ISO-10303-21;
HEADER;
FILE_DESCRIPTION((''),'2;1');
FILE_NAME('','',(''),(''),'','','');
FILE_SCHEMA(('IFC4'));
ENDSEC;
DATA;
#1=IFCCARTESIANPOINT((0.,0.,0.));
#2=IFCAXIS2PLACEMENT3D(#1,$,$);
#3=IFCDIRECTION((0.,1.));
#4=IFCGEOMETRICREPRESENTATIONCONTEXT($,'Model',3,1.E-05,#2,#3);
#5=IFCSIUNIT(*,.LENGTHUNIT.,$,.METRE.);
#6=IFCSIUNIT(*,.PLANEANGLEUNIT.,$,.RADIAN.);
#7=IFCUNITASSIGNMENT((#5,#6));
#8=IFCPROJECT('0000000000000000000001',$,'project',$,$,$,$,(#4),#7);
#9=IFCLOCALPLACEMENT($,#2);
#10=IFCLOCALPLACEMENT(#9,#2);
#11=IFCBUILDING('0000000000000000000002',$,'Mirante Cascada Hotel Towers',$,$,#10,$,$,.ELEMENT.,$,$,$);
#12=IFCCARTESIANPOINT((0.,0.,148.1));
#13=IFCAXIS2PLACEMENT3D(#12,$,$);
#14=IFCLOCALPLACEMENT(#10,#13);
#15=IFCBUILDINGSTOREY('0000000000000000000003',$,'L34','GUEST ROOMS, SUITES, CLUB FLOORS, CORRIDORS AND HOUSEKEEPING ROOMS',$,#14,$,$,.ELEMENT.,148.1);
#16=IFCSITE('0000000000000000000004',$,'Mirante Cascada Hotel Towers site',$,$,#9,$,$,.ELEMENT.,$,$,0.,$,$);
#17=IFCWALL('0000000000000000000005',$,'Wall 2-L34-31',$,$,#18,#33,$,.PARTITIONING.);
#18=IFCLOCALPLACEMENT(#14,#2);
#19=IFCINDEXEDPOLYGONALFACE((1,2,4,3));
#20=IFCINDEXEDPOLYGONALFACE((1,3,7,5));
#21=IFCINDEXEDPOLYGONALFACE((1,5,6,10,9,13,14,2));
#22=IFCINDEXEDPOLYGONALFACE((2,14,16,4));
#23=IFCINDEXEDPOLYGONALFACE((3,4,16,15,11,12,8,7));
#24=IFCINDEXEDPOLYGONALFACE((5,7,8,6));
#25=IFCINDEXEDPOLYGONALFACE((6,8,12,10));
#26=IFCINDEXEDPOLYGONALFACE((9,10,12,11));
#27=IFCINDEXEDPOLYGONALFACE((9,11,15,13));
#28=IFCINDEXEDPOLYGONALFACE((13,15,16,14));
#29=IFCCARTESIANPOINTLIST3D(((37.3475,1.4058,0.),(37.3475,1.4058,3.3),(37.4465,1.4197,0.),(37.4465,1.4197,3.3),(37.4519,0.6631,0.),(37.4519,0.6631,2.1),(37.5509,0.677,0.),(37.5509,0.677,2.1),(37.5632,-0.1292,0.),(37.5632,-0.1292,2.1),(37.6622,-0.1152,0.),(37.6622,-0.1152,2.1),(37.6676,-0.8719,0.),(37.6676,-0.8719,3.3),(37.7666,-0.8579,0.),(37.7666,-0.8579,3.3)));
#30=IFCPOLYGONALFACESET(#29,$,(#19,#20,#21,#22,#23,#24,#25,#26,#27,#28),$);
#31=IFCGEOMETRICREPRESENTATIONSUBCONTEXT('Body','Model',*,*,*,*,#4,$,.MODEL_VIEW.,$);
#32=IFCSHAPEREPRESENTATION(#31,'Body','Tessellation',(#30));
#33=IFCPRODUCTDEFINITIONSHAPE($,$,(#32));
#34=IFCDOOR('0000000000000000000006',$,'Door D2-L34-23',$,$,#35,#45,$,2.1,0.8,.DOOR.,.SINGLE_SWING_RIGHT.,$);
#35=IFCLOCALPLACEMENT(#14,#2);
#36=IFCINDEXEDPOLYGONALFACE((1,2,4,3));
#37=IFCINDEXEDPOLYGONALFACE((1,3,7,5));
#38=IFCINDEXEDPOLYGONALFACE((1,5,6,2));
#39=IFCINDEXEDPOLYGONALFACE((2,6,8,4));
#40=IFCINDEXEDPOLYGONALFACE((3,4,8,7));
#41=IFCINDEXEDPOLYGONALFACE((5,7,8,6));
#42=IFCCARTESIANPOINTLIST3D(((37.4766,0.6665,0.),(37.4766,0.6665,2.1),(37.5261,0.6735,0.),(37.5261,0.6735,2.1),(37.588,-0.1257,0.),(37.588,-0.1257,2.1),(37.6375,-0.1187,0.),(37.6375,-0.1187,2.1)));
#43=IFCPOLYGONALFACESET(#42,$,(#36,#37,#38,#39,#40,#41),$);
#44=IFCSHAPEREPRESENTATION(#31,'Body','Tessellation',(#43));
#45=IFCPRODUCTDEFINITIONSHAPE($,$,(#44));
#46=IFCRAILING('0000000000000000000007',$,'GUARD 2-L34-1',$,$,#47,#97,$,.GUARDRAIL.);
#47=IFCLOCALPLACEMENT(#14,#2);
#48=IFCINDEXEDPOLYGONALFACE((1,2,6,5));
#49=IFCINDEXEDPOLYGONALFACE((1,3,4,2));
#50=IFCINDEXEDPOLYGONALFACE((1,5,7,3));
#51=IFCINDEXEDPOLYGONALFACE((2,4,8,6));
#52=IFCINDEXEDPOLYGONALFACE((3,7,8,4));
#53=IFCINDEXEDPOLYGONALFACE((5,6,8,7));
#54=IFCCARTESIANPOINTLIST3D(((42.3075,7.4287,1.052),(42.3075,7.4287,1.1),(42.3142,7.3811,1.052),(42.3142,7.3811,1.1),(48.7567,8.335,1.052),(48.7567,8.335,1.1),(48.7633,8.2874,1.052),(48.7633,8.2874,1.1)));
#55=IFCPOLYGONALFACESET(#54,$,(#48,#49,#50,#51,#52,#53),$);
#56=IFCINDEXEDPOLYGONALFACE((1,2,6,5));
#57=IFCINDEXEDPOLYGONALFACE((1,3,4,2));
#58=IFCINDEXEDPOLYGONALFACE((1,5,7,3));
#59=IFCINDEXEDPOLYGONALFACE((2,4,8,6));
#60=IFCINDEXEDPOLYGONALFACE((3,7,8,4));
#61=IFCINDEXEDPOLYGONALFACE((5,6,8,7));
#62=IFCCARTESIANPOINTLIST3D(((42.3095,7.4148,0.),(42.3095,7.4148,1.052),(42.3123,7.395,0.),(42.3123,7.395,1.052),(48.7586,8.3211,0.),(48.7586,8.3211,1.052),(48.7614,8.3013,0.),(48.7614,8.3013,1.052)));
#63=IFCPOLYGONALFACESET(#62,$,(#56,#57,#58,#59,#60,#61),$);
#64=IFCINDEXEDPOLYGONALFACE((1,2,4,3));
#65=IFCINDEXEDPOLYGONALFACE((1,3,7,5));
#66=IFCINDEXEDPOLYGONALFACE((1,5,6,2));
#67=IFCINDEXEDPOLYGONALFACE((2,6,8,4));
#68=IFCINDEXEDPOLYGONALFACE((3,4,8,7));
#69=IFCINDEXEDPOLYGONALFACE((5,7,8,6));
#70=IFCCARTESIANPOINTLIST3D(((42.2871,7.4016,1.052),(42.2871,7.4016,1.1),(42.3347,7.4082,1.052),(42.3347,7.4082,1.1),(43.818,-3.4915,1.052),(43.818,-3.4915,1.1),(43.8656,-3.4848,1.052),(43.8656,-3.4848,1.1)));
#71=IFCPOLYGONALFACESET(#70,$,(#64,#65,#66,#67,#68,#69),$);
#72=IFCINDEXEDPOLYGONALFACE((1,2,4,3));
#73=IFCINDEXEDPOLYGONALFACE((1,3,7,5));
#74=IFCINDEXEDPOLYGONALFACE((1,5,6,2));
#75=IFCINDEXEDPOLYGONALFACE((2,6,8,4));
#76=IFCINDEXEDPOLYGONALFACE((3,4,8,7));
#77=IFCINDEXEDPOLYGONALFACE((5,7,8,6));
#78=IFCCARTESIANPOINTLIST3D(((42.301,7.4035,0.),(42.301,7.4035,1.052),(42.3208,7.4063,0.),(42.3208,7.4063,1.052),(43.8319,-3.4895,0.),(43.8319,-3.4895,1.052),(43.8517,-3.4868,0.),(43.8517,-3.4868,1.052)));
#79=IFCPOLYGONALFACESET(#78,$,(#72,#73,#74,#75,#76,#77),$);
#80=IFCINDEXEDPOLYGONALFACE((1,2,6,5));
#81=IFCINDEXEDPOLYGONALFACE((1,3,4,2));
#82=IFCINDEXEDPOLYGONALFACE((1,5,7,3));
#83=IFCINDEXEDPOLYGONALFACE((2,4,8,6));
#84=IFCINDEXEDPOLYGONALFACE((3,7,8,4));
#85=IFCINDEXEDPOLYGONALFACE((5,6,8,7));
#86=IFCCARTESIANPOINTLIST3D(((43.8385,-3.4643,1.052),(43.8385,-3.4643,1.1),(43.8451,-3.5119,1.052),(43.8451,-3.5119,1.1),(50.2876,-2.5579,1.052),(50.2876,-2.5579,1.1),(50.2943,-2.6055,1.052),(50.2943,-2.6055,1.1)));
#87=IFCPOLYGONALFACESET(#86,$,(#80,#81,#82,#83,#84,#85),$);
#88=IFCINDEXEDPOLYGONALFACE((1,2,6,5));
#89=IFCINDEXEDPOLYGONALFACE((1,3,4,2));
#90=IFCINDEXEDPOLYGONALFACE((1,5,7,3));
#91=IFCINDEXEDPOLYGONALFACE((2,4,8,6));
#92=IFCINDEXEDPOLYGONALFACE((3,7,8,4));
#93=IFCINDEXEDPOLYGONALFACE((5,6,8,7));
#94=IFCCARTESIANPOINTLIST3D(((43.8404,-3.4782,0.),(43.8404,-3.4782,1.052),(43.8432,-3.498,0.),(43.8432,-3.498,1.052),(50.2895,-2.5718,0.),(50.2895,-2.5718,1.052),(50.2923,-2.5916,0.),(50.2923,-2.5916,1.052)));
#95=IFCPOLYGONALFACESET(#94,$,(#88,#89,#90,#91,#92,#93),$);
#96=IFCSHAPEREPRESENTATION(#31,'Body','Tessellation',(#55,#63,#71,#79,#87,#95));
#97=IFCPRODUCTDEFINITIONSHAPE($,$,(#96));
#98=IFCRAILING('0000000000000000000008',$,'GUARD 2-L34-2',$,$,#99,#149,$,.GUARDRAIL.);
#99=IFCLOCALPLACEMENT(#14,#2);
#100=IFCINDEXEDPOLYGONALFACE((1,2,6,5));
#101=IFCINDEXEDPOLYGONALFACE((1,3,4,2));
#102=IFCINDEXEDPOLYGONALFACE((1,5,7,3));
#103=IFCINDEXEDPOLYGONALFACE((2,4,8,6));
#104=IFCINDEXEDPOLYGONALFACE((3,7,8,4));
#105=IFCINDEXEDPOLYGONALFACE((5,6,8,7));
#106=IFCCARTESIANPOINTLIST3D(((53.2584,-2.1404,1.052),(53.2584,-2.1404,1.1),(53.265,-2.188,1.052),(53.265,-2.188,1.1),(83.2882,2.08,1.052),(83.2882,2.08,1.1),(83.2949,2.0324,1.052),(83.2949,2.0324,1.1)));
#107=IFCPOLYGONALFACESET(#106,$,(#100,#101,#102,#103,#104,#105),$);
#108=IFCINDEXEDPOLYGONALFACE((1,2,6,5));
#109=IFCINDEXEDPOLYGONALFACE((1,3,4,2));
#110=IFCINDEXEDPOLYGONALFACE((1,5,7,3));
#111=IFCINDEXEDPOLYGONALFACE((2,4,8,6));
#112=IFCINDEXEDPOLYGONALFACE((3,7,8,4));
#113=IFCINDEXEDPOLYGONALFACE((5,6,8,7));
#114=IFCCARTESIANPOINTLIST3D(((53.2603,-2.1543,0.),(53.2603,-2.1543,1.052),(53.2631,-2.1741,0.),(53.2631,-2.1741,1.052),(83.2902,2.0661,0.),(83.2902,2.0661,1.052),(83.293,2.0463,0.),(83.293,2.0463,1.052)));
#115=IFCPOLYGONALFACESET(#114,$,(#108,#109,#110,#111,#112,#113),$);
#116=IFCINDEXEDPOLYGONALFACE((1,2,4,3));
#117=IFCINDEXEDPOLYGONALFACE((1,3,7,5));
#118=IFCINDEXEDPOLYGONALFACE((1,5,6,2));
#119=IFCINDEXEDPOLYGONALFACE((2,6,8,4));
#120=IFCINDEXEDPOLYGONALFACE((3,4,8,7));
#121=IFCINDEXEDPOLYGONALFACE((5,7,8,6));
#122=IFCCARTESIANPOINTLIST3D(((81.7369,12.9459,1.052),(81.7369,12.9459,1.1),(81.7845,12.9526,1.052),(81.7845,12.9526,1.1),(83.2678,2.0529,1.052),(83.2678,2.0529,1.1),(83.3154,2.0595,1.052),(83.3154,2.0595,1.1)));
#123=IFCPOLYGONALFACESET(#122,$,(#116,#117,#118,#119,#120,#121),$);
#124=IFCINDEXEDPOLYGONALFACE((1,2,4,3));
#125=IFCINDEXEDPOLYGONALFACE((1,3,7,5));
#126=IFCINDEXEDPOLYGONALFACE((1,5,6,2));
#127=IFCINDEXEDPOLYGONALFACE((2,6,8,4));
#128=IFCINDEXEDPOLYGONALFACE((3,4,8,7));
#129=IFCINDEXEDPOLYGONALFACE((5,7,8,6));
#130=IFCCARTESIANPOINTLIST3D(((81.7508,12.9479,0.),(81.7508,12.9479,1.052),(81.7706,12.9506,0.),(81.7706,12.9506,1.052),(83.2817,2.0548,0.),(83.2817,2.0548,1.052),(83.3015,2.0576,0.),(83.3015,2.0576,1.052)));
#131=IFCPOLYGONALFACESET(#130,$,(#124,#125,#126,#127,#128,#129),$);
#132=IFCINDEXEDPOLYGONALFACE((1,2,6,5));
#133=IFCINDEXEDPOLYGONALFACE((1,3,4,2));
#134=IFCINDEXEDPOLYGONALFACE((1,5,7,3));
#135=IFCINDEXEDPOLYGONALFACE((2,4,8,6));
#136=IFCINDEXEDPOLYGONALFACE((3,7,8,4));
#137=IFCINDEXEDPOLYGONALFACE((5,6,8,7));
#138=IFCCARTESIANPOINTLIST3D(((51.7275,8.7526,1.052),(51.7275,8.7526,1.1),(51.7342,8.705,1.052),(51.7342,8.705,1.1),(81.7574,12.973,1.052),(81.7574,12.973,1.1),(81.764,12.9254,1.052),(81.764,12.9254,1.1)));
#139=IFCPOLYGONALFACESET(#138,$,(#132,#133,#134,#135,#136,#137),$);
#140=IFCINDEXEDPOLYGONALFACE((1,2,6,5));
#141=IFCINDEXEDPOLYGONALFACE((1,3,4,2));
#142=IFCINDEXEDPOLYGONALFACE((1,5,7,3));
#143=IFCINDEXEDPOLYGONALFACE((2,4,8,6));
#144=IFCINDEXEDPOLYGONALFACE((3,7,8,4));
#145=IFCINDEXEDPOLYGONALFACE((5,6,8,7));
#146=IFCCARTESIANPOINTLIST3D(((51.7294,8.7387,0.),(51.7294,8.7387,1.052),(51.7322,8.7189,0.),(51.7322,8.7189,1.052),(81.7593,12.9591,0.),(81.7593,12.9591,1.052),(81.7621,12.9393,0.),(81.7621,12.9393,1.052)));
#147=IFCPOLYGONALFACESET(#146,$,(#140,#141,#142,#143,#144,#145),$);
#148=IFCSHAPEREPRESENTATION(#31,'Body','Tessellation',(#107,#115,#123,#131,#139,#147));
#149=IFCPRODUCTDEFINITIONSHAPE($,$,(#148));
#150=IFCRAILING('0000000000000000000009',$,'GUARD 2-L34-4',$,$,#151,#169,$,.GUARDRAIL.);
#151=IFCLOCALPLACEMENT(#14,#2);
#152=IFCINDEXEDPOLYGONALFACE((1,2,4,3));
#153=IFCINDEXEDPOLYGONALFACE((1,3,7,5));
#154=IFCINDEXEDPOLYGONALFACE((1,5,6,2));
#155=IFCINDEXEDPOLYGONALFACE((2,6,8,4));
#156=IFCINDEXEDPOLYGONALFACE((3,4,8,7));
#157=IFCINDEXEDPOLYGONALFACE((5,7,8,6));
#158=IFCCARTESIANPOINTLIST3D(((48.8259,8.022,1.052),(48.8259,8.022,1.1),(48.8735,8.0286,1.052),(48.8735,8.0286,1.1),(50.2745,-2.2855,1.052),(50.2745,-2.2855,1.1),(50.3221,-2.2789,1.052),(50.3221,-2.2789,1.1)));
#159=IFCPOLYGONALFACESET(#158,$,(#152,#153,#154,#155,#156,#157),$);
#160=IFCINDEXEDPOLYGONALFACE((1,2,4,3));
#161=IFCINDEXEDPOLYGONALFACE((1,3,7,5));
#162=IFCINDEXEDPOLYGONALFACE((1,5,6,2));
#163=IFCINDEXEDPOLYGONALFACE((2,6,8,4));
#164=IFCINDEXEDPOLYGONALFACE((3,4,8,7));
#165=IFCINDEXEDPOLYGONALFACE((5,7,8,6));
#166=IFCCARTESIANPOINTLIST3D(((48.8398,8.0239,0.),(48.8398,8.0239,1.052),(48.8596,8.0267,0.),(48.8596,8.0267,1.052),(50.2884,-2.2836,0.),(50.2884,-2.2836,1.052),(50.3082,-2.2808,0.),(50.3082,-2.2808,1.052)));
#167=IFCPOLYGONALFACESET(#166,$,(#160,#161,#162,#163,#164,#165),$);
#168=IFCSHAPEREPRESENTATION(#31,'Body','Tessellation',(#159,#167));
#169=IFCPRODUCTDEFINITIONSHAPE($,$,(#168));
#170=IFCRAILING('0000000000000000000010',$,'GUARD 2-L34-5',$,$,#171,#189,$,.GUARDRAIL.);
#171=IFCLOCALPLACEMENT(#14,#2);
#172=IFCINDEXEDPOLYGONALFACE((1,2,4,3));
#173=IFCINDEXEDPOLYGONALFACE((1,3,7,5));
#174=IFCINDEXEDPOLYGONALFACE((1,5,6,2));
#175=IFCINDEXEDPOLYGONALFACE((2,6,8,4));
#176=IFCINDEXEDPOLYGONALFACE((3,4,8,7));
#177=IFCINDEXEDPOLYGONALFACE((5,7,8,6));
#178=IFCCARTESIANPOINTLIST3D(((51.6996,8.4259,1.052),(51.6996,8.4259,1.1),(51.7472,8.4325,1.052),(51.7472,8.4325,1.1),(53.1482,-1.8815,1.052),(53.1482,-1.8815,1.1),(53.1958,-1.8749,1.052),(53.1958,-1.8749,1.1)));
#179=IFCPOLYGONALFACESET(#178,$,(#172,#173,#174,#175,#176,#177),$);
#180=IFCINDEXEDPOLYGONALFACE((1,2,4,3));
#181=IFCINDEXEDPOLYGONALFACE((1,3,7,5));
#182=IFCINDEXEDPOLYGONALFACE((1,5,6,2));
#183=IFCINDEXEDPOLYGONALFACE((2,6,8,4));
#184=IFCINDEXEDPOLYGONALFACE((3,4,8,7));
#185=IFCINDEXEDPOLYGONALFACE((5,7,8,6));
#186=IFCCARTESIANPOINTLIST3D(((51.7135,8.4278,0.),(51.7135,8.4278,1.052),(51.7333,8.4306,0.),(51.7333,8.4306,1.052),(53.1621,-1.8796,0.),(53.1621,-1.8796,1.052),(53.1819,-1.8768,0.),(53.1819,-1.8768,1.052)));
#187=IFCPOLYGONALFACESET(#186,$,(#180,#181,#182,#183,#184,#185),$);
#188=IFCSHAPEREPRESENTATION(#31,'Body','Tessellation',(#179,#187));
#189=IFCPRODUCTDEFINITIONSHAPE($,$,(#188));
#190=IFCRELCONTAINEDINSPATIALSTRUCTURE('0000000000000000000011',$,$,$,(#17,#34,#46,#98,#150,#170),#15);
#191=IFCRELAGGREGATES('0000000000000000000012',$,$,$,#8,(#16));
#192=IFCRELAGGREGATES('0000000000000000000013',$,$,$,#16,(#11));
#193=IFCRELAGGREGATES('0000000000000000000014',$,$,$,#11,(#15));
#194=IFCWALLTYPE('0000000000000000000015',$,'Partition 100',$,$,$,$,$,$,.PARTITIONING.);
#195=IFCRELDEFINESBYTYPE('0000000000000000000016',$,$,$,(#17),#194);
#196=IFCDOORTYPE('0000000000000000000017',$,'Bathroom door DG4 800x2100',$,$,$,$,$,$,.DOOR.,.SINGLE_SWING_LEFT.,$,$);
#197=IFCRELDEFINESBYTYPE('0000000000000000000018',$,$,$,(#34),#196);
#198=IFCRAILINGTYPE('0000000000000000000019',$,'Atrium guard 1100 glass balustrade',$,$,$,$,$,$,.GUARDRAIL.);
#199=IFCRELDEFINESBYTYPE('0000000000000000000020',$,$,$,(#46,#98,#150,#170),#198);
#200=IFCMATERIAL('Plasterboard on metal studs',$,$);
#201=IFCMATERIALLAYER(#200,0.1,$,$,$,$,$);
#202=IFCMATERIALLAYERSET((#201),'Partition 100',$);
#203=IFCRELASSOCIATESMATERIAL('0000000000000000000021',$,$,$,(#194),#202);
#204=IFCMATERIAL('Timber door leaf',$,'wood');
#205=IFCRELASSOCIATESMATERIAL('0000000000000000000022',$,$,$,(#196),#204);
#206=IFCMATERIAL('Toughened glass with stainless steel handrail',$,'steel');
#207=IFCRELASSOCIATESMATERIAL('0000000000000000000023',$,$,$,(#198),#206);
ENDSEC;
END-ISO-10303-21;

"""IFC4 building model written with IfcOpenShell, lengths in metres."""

from ifc_helpers import new_model, si_unit, direction, frame, frame_2d, origin, origin_2d, place, context, subcontext, project, spatial, rectangle, extrude, material, layer, layer_set, type_object, element, fill, save


model = new_model("IFC4")

# Units and contexts
model_context = context("Model", 3, precision=1e-05, world=origin(), true_north=direction((0.0, 1.0)))
body_context = subcontext(model_context, "Body", "Model", "MODEL_VIEW")
ifc_project = project(units=[si_unit("LENGTHUNIT", "METRE"), si_unit("PLANEANGLEUNIT", "RADIAN")], contexts=[model_context])

# Site, building, storey
site_placement = place(None, origin())
site = spatial("IfcSite", under=ifc_project, at=site_placement, Name="Mirante Cascada Hotel Towers site", CompositionType="ELEMENT", RefElevation=0.0)
building_placement = place(site_placement, origin())
building = spatial("IfcBuilding", under=site, at=building_placement, Name="Mirante Cascada Hotel Towers", CompositionType="ELEMENT")
storey_placement = place(building_placement, frame((0.0, 0.0, 148.1)))
storey = spatial("IfcBuildingStorey", under=building, at=storey_placement, Name="L34", Description="GUEST ROOMS, SUITES, CLUB FLOORS, CORRIDORS AND HOUSEKEEPING ROOMS", CompositionType="ELEMENT", Elevation=148.1)

# Shared definitions
ifc_material_1 = material(Name="Plasterboard on metal studs")
ifc_layer_1 = layer(ifc_material_1, 0.1)
ifc_layer_set_1 = layer_set([ifc_layer_1], Name="Partition 100")
wall_type_1 = type_object("IfcWallType", Name="Partition 100", PredefinedType="PARTITIONING", material=ifc_layer_set_1)

# Wall, opening, door
ifc_material_2 = material(Name="Timber door leaf", Category="wood")
door_type_1 = type_object("IfcDoorType", Name="Bathroom door DG4 800x2100", OperationType="SINGLE_SWING_LEFT", PredefinedType="DOOR", material=ifc_material_2)
wall_1_placement = place(storey_placement, frame((37.7171, -0.8649, 0.0), z_axis=(0.0, 0.0, 1.0), x_axis=(-0.139175, 0.990268, 0.0)))
wall_1 = element("IfcWall", 1, at=wall_1_placement, inside=storey, type_object=wall_type_1, Name="Wall 2-L34-31", PredefinedType="PARTITIONING", context=body_context, shape_type="SweptSolid", body=[
    extrude(rectangle(XDim=2.3, YDim=0.1, at=frame_2d((1.15, 0.0))), origin(), (0.0, 0.0, 1.0), 3.3),
])
opening_1_placement = place(wall_1_placement, frame((0.75, 0.0, 0.0)))
opening_1 = element("IfcOpeningElement", 2, at=opening_1_placement, cuts=wall_1, PredefinedType="OPENING", context=body_context, shape_type="SweptSolid", body=[
    extrude(rectangle(XDim=0.8, YDim=2.1, at=frame_2d((0.4, 1.05))), frame((0.0, 0.05, 0.0), z_axis=(0.0, -1.0, 0.0), x_axis=(1.0, 0.0, 0.0)), (0.0, 0.0, 1.0), 0.1),
])
door_1_placement = place(opening_1_placement, frame((0.8, 0.0, 0.0), z_axis=(0.0, 0.0, 1.0), x_axis=(-1.0, 0.0, 0.0)))
door_1 = element("IfcDoor", 3, at=door_1_placement, inside=storey, type_object=door_type_1, Name="Door D2-L34-23", OperationType="SINGLE_SWING_RIGHT", OverallHeight=2.1, OverallWidth=0.8, PredefinedType="DOOR", context=body_context, shape_type="SweptSolid", body=[
    extrude(rectangle(XDim=0.8, YDim=2.1, at=frame_2d((0.4, 1.05))), frame((0.0, 0.025, 0.0), z_axis=(0.0, -1.0, 0.0), x_axis=(1.0, 0.0, 0.0)), (0.0, 0.0, 1.0), 0.05),
])
fill(opening_1, door_1)

# Railings
ifc_material_3 = material(Name="Toughened glass with stainless steel handrail", Category="steel")
railing_type = type_object("IfcRailingType", Name="Atrium guard 1100 glass balustrade", PredefinedType="GUARDRAIL", material=ifc_material_3)
railing_1_placement = place(storey_placement, frame((48.76, 8.3112, 0.0)))
element("IfcRailing", 4, at=railing_1_placement, inside=storey, type_object=railing_type, Name="GUARD 2-L34-1", PredefinedType="GUARDRAIL", context=body_context, shape_type="SweptSolid", body=[
    extrude(rectangle(XDim=0.048, YDim=0.048, at=origin_2d()), frame((0.0, 0.0, 1.076), z_axis=(-0.990269, -0.139164, 0.0), x_axis=(0.139164, -0.990269, 0.0)), (0.0, 0.0, 1.0), 6.5125),
    extrude(rectangle(XDim=0.02, YDim=1.052, at=origin_2d()), frame((0.0, 0.0, 0.526), z_axis=(-0.990269, -0.139164, 0.0), x_axis=(0.139164, -0.990269, 0.0)), (0.0, 0.0, 1.0), 6.5125),
    extrude(rectangle(XDim=0.048, YDim=0.048, at=origin_2d()), frame((-6.4491, -0.9063, 1.076), z_axis=(0.139172, -0.990268, 0.0), x_axis=(0.990268, 0.139172, 0.0)), (0.0, 0.0, 1.0), 11.0001),
    extrude(rectangle(XDim=0.02, YDim=1.052, at=origin_2d()), frame((-6.4491, -0.9063, 0.526), z_axis=(0.139172, -0.990268, 0.0), x_axis=(0.990268, 0.139172, 0.0)), (0.0, 0.0, 1.0), 11.0001),
    extrude(rectangle(XDim=0.048, YDim=0.048, at=origin_2d()), frame((-4.9182, -11.7993, 1.076), z_axis=(0.990267, 0.139179, 0.0), x_axis=(-0.139179, 0.990267, 0.0)), (0.0, 0.0, 1.0), 6.5125),
    extrude(rectangle(XDim=0.02, YDim=1.052, at=origin_2d()), frame((-4.9182, -11.7993, 0.526), z_axis=(0.990267, 0.139179, 0.0), x_axis=(-0.139179, 0.990267, 0.0)), (0.0, 0.0, 1.0), 6.5125),
])
railing_2_placement = place(storey_placement, frame((53.2617, -2.1642, 0.0)))
element("IfcRailing", 5, at=railing_2_placement, inside=storey, type_object=railing_type, Name="GUARD 2-L34-2", PredefinedType="GUARDRAIL", context=body_context, shape_type="SweptSolid", body=[
    extrude(rectangle(XDim=0.048, YDim=0.048, at=origin_2d()), frame((0.0, 0.0, 1.076), z_axis=(0.990268, 0.139172, 0.0), x_axis=(-0.139172, 0.990268, 0.0)), (0.0, 0.0, 1.0), 30.325),
    extrude(rectangle(XDim=0.02, YDim=1.052, at=origin_2d()), frame((0.0, 0.0, 0.526), z_axis=(0.990268, 0.139172, 0.0), x_axis=(-0.139172, 0.990268, 0.0)), (0.0, 0.0, 1.0), 30.325),
    extrude(rectangle(XDim=0.048, YDim=0.048, at=origin_2d()), frame((30.0299, 4.2204, 1.076), z_axis=(-0.139172, 0.990268, 0.0), x_axis=(-0.990268, -0.139172, 0.0)), (0.0, 0.0, 1.0), 11.0001),
    extrude(rectangle(XDim=0.02, YDim=1.052, at=origin_2d()), frame((30.0299, 4.2204, 0.526), z_axis=(-0.139172, 0.990268, 0.0), x_axis=(-0.990268, -0.139172, 0.0)), (0.0, 0.0, 1.0), 11.0001),
    extrude(rectangle(XDim=0.048, YDim=0.048, at=origin_2d()), frame((28.499, 15.1134, 1.076), z_axis=(-0.990268, -0.139172, 0.0), x_axis=(0.139172, -0.990268, 0.0)), (0.0, 0.0, 1.0), 30.325),
    extrude(rectangle(XDim=0.02, YDim=1.052, at=origin_2d()), frame((28.499, 15.1134, 0.526), z_axis=(-0.990268, -0.139172, 0.0), x_axis=(0.139172, -0.990268, 0.0)), (0.0, 0.0, 1.0), 30.325),
])
railing_3_placement = place(storey_placement, frame((50.2983, -2.2822, 0.0)))
element("IfcRailing", 6, at=railing_3_placement, inside=storey, type_object=railing_type, Name="GUARD 2-L34-4", PredefinedType="GUARDRAIL", context=body_context, shape_type="SweptSolid", body=[
    extrude(rectangle(XDim=0.048, YDim=0.048, at=origin_2d()), frame((0.0, 0.0, 1.076), z_axis=(-0.139171, 0.990268, 0.0), x_axis=(-0.990268, -0.139171, 0.0)), (0.0, 0.0, 1.0), 10.4088),
    extrude(rectangle(XDim=0.02, YDim=1.052, at=origin_2d()), frame((0.0, 0.0, 0.526), z_axis=(-0.139171, 0.990268, 0.0), x_axis=(-0.990268, -0.139171, 0.0)), (0.0, 0.0, 1.0), 10.4088),
])
railing_4_placement = place(storey_placement, frame((51.7234, 8.4292, 0.0)))
element("IfcRailing", 7, at=railing_4_placement, inside=storey, type_object=railing_type, Name="GUARD 2-L34-5", PredefinedType="GUARDRAIL", context=body_context, shape_type="SweptSolid", body=[
    extrude(rectangle(XDim=0.048, YDim=0.048, at=origin_2d()), frame((0.0, 0.0, 1.076), z_axis=(0.139172, -0.990268, 0.0), x_axis=(0.990268, 0.139172, 0.0)), (0.0, 0.0, 1.0), 10.4087),
    extrude(rectangle(XDim=0.02, YDim=1.052, at=origin_2d()), frame((0.0, 0.0, 0.526), z_axis=(0.139172, -0.990268, 0.0), x_axis=(0.990268, 0.139172, 0.0)), (0.0, 0.0, 1.0), 10.4087),
])

save(model, "model.ifc")
